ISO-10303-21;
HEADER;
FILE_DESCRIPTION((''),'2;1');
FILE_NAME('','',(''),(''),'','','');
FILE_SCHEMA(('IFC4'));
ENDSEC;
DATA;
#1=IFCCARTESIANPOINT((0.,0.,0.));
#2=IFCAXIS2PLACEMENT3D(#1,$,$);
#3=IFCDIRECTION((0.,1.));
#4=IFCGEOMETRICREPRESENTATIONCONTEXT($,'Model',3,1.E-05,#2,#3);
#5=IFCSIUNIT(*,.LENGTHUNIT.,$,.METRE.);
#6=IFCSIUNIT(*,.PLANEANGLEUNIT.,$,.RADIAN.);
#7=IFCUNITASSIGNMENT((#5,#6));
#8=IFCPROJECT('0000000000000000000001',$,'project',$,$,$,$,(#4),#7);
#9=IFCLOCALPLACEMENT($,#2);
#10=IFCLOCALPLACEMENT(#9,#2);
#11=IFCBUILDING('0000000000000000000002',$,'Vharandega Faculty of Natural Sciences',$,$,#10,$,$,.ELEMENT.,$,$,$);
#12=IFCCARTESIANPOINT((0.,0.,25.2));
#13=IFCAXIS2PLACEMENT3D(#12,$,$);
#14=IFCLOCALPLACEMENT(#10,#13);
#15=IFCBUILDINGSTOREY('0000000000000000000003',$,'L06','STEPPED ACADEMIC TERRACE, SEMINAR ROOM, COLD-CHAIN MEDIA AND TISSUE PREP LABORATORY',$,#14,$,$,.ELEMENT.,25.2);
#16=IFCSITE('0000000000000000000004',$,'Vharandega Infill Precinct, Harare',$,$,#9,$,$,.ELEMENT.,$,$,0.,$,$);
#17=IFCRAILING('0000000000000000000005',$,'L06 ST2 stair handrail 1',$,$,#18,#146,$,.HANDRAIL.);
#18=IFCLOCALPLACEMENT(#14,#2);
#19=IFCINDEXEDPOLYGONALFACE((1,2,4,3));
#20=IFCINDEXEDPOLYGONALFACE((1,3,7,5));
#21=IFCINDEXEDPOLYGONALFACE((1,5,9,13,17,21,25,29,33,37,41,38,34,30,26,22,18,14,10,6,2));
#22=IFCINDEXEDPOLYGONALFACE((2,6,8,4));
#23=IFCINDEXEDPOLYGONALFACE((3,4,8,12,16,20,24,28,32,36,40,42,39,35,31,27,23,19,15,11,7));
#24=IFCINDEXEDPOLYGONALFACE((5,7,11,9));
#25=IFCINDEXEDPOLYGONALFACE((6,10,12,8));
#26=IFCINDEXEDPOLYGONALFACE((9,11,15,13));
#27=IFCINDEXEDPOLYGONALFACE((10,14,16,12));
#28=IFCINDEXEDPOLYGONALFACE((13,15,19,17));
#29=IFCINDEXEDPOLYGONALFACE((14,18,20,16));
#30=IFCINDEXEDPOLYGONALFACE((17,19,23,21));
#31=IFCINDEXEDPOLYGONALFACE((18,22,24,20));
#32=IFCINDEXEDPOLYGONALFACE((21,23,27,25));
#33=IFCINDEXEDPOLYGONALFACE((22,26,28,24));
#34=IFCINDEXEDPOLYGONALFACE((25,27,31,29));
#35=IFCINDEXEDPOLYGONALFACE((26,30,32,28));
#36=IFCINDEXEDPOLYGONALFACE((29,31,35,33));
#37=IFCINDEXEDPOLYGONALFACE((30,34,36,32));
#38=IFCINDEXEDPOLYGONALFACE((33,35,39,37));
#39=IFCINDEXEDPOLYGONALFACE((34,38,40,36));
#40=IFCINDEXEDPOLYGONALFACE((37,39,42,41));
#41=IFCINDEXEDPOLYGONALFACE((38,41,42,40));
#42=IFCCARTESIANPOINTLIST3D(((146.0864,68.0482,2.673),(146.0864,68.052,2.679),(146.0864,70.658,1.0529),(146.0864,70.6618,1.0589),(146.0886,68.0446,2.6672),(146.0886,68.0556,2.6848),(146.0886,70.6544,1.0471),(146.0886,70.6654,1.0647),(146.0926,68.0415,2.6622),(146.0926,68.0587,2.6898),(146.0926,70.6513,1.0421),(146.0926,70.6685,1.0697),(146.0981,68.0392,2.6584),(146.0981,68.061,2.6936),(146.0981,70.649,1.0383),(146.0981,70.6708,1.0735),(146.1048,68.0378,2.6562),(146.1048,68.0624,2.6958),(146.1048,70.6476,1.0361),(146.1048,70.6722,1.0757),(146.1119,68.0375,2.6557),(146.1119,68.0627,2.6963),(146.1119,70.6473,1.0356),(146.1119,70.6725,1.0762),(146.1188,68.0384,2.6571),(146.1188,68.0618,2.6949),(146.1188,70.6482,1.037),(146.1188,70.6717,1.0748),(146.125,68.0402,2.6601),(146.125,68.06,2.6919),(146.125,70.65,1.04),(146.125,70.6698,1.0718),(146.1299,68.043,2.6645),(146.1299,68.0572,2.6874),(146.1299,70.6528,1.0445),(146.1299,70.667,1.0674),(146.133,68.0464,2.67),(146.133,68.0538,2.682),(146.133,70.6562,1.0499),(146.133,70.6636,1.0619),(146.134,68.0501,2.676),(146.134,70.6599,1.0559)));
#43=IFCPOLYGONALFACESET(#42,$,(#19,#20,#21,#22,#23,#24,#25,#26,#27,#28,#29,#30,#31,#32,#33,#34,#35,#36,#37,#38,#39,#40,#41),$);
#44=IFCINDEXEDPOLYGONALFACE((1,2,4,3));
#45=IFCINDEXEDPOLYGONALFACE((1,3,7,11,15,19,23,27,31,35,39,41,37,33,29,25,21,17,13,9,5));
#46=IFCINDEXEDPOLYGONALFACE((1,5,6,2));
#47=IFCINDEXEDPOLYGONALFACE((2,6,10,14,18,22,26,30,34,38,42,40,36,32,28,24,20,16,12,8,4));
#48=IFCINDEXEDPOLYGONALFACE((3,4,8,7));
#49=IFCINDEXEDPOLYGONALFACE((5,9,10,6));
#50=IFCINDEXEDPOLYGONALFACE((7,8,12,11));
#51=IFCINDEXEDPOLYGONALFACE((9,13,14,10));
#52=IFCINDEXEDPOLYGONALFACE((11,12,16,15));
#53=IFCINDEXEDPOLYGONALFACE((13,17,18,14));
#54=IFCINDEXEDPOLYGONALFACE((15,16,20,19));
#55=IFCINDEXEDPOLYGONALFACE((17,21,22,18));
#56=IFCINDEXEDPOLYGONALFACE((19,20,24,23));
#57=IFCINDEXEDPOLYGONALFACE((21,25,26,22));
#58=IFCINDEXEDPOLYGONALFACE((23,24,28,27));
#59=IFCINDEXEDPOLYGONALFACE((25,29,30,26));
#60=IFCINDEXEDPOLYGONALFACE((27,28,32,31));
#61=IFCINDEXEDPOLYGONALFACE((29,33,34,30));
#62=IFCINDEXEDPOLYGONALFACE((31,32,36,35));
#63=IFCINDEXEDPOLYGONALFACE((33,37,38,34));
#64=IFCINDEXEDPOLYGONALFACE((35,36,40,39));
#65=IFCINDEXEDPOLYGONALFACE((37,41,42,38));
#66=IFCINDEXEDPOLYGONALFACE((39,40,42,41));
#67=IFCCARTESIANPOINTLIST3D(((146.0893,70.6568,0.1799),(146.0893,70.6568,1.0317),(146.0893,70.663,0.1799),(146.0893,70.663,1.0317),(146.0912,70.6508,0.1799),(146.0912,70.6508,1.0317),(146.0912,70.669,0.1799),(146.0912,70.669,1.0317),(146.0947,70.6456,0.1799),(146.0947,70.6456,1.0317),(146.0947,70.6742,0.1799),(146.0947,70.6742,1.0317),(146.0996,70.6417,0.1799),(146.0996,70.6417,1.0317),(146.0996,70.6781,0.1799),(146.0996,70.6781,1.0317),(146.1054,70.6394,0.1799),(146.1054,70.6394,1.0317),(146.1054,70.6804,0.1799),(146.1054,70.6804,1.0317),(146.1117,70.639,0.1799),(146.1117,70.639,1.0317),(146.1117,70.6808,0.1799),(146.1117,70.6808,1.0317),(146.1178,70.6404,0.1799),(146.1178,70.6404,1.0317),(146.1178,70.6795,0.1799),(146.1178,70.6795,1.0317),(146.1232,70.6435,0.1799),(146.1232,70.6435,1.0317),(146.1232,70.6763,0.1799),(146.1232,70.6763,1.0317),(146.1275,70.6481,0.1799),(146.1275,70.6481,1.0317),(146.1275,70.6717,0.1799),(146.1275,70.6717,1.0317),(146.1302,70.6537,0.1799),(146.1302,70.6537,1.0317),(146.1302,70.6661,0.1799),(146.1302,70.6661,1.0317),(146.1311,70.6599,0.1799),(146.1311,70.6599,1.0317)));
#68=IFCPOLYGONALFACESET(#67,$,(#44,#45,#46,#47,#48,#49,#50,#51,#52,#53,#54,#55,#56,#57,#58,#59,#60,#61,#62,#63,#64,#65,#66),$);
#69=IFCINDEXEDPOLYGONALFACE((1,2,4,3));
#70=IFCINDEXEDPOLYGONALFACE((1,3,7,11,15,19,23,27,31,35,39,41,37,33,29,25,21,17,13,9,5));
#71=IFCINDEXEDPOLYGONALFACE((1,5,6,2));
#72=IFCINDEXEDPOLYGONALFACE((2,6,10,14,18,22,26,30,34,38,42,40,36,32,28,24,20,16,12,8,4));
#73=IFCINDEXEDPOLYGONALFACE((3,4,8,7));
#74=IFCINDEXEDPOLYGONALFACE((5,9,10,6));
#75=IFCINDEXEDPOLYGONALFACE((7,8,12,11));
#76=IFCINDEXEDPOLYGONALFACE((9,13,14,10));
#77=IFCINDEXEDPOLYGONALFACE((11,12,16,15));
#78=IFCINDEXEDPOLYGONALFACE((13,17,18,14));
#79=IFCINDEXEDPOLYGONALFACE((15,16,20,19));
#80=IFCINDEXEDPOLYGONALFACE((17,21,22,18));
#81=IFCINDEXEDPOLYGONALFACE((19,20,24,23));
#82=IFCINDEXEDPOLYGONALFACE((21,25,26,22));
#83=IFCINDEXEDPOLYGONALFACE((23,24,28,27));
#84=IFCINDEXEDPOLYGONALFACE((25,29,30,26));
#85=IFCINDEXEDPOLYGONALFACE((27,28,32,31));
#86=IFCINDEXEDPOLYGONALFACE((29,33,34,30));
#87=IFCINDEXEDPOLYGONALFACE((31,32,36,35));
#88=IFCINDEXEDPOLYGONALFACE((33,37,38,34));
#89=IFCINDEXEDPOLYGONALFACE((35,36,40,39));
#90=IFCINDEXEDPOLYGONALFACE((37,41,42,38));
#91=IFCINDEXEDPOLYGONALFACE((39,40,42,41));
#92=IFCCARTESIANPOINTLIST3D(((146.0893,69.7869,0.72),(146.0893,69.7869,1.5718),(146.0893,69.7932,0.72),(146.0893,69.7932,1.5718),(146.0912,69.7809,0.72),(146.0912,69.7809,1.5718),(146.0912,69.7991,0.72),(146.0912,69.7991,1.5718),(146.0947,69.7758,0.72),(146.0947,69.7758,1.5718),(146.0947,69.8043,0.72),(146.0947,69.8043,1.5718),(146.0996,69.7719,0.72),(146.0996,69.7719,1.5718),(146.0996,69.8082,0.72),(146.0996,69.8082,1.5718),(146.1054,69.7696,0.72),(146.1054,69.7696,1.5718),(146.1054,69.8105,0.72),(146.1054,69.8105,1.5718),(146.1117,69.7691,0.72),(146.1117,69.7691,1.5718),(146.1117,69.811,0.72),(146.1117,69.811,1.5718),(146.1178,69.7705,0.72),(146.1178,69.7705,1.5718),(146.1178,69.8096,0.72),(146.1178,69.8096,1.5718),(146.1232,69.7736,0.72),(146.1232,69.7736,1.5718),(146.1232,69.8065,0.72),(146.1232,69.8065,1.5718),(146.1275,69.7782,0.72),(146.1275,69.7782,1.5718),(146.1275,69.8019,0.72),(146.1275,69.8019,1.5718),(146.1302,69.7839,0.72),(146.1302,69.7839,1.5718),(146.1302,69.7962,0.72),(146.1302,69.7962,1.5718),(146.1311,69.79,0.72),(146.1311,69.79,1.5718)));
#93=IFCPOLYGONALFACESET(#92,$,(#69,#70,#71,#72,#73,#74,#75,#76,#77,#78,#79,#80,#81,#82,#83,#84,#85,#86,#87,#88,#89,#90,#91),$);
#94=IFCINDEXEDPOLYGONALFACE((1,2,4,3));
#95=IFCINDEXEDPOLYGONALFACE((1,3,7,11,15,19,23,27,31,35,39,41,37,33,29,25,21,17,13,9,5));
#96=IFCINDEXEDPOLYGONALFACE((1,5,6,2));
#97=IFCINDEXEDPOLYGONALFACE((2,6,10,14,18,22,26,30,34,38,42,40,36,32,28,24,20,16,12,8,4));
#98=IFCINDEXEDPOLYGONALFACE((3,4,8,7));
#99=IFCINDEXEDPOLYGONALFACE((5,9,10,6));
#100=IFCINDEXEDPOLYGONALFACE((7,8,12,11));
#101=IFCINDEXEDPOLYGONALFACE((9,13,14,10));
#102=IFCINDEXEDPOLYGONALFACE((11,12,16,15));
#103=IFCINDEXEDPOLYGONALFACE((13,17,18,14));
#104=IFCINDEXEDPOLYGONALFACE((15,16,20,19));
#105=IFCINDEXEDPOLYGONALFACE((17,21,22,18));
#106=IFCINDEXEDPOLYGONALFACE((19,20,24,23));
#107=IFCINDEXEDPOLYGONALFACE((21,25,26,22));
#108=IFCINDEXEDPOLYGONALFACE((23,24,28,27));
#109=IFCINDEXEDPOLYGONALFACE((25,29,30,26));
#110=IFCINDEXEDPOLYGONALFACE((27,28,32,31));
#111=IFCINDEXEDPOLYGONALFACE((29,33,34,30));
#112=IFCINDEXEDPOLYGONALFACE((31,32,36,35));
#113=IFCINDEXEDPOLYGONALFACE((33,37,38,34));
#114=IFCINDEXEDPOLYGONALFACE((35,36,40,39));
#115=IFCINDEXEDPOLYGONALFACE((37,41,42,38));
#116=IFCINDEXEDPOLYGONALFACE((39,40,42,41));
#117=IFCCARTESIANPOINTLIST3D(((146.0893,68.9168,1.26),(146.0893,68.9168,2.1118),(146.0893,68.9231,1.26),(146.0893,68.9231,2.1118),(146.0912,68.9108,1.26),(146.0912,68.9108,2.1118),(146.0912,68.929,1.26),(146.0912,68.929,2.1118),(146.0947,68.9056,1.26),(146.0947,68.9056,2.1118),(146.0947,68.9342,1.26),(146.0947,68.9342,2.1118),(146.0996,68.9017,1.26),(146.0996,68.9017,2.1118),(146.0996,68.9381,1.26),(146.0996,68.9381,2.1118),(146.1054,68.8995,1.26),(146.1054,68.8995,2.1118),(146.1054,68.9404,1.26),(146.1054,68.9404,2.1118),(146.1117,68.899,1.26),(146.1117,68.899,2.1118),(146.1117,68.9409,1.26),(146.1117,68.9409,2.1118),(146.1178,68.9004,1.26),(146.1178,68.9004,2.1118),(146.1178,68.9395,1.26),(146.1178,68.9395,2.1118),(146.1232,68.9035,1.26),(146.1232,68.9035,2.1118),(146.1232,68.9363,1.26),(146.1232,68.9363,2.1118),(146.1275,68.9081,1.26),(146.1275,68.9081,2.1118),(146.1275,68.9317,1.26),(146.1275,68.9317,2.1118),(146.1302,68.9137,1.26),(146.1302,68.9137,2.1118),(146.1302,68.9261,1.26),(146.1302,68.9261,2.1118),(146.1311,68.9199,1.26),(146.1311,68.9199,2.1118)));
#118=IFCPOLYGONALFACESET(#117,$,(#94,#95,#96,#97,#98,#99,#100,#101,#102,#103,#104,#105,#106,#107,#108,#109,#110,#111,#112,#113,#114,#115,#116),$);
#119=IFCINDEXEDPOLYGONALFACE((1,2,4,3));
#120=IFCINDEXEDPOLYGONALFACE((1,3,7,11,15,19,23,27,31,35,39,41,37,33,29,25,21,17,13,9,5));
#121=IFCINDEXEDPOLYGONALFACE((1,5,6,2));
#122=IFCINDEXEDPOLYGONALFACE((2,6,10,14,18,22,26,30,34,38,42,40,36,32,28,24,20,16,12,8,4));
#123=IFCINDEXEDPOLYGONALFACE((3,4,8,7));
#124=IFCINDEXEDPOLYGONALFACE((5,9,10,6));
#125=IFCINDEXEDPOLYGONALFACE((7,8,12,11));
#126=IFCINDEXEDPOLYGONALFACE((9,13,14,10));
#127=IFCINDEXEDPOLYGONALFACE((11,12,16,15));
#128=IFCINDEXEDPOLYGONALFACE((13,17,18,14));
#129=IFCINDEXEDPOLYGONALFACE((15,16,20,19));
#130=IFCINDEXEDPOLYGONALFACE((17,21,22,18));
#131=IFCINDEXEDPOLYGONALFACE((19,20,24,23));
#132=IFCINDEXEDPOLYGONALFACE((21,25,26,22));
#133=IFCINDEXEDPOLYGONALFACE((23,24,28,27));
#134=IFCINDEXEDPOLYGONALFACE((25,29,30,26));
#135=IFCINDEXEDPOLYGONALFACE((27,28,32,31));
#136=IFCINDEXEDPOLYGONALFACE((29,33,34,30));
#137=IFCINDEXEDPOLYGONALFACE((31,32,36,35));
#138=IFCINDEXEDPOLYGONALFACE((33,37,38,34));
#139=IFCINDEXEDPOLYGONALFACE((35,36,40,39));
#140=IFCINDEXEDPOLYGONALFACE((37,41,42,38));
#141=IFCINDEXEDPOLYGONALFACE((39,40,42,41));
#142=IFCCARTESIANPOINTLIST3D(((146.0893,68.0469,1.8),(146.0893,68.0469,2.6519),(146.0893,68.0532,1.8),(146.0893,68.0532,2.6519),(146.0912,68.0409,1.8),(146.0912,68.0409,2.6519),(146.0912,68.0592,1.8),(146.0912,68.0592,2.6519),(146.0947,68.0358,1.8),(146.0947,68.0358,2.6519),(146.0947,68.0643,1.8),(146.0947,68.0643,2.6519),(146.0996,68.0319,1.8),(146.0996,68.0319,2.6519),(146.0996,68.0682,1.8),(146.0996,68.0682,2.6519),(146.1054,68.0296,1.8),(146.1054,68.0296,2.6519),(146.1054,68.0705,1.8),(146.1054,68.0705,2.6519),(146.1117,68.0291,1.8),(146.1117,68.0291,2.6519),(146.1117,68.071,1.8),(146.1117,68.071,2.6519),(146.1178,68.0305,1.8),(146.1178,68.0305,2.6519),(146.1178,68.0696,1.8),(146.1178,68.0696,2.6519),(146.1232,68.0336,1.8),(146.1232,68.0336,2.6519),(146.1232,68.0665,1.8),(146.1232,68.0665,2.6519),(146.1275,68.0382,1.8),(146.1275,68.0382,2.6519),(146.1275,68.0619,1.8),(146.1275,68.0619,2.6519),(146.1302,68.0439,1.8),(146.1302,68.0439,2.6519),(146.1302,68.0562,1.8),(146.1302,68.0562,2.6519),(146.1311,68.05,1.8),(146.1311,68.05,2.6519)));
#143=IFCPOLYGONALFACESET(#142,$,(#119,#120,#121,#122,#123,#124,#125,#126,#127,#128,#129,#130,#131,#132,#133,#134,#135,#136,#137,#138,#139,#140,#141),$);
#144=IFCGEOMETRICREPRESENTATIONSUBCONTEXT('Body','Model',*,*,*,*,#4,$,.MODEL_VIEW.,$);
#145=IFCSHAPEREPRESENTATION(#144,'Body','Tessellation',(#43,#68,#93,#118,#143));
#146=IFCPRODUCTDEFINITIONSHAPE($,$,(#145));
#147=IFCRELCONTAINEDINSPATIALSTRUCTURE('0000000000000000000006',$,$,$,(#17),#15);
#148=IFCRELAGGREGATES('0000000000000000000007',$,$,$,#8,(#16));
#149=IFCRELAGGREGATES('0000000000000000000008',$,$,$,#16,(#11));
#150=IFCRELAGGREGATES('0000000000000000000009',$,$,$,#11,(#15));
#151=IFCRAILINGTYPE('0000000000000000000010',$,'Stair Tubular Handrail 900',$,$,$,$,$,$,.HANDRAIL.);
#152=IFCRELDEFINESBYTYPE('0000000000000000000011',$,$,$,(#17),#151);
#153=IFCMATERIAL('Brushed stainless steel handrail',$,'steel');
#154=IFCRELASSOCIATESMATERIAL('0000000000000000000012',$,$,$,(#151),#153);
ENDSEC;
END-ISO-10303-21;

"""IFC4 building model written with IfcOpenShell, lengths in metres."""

from ifc_helpers import new_model, si_unit, direction, frame, origin, origin_2d, place, context, subcontext, project, spatial, circle, extrude, material, type_object, element, save


model = new_model("IFC4")

# Units and contexts
model_context = context("Model", 3, precision=1e-05, world=origin(), true_north=direction((0.0, 1.0)))
body_context = subcontext(model_context, "Body", "Model", "MODEL_VIEW")
ifc_project = project(units=[si_unit("LENGTHUNIT", "METRE"), si_unit("PLANEANGLEUNIT", "RADIAN")], contexts=[model_context])

# Site, building, storey
site_placement = place(None, origin())
site = spatial("IfcSite", under=ifc_project, at=site_placement, Name="Vharandega Infill Precinct, Harare", CompositionType="ELEMENT", RefElevation=0.0)
building_placement = place(site_placement, origin())
building = spatial("IfcBuilding", under=site, at=building_placement, Name="Vharandega Faculty of Natural Sciences", CompositionType="ELEMENT")
storey_placement = place(building_placement, frame((0.0, 0.0, 25.2)))
storey = spatial("IfcBuildingStorey", under=building, at=storey_placement, Name="L06", Description="STEPPED ACADEMIC TERRACE, SEMINAR ROOM, COLD-CHAIN MEDIA AND TISSUE PREP LABORATORY", CompositionType="ELEMENT", Elevation=25.2)

# Railing
ifc_material_1 = material(Name="Brushed stainless steel handrail", Category="steel")
railing_type = type_object("IfcRailingType", Name="Stair Tubular Handrail 900", PredefinedType="HANDRAIL", material=ifc_material_1)
railing_placement = place(storey_placement, frame((146.1101, 70.6599, 0.1799)))
element("IfcRailing", 1, at=railing_placement, inside=storey, type_object=railing_type, Name="L06 ST2 stair handrail 1", PredefinedType="HANDRAIL", context=body_context, shape_type="SweptSolid", body=[
    extrude(circle(Radius=0.0239, at=origin_2d()), frame((0.0, 0.0, 0.876), z_axis=(0.0, -0.849611, 0.52741), x_axis=(1.0, 0.0, 0.0)), (0.0, 0.0, 1.0), 3.0718),
    extrude(circle(Radius=0.021, at=origin_2d()), origin(), (0.0, 0.0, 1.0), 0.8518),
    extrude(circle(Radius=0.021, at=origin_2d()), frame((0.0, -0.8699, 0.54)), (0.0, 0.0, 1.0), 0.8518),
    extrude(circle(Radius=0.021, at=origin_2d()), frame((0.0, -1.74, 1.0801)), (0.0, 0.0, 1.0), 0.8518),
    extrude(circle(Radius=0.021, at=origin_2d()), frame((0.0, -2.6099, 1.6201)), (0.0, 0.0, 1.0), 0.8518),
])

save(model, "model.ifc")
